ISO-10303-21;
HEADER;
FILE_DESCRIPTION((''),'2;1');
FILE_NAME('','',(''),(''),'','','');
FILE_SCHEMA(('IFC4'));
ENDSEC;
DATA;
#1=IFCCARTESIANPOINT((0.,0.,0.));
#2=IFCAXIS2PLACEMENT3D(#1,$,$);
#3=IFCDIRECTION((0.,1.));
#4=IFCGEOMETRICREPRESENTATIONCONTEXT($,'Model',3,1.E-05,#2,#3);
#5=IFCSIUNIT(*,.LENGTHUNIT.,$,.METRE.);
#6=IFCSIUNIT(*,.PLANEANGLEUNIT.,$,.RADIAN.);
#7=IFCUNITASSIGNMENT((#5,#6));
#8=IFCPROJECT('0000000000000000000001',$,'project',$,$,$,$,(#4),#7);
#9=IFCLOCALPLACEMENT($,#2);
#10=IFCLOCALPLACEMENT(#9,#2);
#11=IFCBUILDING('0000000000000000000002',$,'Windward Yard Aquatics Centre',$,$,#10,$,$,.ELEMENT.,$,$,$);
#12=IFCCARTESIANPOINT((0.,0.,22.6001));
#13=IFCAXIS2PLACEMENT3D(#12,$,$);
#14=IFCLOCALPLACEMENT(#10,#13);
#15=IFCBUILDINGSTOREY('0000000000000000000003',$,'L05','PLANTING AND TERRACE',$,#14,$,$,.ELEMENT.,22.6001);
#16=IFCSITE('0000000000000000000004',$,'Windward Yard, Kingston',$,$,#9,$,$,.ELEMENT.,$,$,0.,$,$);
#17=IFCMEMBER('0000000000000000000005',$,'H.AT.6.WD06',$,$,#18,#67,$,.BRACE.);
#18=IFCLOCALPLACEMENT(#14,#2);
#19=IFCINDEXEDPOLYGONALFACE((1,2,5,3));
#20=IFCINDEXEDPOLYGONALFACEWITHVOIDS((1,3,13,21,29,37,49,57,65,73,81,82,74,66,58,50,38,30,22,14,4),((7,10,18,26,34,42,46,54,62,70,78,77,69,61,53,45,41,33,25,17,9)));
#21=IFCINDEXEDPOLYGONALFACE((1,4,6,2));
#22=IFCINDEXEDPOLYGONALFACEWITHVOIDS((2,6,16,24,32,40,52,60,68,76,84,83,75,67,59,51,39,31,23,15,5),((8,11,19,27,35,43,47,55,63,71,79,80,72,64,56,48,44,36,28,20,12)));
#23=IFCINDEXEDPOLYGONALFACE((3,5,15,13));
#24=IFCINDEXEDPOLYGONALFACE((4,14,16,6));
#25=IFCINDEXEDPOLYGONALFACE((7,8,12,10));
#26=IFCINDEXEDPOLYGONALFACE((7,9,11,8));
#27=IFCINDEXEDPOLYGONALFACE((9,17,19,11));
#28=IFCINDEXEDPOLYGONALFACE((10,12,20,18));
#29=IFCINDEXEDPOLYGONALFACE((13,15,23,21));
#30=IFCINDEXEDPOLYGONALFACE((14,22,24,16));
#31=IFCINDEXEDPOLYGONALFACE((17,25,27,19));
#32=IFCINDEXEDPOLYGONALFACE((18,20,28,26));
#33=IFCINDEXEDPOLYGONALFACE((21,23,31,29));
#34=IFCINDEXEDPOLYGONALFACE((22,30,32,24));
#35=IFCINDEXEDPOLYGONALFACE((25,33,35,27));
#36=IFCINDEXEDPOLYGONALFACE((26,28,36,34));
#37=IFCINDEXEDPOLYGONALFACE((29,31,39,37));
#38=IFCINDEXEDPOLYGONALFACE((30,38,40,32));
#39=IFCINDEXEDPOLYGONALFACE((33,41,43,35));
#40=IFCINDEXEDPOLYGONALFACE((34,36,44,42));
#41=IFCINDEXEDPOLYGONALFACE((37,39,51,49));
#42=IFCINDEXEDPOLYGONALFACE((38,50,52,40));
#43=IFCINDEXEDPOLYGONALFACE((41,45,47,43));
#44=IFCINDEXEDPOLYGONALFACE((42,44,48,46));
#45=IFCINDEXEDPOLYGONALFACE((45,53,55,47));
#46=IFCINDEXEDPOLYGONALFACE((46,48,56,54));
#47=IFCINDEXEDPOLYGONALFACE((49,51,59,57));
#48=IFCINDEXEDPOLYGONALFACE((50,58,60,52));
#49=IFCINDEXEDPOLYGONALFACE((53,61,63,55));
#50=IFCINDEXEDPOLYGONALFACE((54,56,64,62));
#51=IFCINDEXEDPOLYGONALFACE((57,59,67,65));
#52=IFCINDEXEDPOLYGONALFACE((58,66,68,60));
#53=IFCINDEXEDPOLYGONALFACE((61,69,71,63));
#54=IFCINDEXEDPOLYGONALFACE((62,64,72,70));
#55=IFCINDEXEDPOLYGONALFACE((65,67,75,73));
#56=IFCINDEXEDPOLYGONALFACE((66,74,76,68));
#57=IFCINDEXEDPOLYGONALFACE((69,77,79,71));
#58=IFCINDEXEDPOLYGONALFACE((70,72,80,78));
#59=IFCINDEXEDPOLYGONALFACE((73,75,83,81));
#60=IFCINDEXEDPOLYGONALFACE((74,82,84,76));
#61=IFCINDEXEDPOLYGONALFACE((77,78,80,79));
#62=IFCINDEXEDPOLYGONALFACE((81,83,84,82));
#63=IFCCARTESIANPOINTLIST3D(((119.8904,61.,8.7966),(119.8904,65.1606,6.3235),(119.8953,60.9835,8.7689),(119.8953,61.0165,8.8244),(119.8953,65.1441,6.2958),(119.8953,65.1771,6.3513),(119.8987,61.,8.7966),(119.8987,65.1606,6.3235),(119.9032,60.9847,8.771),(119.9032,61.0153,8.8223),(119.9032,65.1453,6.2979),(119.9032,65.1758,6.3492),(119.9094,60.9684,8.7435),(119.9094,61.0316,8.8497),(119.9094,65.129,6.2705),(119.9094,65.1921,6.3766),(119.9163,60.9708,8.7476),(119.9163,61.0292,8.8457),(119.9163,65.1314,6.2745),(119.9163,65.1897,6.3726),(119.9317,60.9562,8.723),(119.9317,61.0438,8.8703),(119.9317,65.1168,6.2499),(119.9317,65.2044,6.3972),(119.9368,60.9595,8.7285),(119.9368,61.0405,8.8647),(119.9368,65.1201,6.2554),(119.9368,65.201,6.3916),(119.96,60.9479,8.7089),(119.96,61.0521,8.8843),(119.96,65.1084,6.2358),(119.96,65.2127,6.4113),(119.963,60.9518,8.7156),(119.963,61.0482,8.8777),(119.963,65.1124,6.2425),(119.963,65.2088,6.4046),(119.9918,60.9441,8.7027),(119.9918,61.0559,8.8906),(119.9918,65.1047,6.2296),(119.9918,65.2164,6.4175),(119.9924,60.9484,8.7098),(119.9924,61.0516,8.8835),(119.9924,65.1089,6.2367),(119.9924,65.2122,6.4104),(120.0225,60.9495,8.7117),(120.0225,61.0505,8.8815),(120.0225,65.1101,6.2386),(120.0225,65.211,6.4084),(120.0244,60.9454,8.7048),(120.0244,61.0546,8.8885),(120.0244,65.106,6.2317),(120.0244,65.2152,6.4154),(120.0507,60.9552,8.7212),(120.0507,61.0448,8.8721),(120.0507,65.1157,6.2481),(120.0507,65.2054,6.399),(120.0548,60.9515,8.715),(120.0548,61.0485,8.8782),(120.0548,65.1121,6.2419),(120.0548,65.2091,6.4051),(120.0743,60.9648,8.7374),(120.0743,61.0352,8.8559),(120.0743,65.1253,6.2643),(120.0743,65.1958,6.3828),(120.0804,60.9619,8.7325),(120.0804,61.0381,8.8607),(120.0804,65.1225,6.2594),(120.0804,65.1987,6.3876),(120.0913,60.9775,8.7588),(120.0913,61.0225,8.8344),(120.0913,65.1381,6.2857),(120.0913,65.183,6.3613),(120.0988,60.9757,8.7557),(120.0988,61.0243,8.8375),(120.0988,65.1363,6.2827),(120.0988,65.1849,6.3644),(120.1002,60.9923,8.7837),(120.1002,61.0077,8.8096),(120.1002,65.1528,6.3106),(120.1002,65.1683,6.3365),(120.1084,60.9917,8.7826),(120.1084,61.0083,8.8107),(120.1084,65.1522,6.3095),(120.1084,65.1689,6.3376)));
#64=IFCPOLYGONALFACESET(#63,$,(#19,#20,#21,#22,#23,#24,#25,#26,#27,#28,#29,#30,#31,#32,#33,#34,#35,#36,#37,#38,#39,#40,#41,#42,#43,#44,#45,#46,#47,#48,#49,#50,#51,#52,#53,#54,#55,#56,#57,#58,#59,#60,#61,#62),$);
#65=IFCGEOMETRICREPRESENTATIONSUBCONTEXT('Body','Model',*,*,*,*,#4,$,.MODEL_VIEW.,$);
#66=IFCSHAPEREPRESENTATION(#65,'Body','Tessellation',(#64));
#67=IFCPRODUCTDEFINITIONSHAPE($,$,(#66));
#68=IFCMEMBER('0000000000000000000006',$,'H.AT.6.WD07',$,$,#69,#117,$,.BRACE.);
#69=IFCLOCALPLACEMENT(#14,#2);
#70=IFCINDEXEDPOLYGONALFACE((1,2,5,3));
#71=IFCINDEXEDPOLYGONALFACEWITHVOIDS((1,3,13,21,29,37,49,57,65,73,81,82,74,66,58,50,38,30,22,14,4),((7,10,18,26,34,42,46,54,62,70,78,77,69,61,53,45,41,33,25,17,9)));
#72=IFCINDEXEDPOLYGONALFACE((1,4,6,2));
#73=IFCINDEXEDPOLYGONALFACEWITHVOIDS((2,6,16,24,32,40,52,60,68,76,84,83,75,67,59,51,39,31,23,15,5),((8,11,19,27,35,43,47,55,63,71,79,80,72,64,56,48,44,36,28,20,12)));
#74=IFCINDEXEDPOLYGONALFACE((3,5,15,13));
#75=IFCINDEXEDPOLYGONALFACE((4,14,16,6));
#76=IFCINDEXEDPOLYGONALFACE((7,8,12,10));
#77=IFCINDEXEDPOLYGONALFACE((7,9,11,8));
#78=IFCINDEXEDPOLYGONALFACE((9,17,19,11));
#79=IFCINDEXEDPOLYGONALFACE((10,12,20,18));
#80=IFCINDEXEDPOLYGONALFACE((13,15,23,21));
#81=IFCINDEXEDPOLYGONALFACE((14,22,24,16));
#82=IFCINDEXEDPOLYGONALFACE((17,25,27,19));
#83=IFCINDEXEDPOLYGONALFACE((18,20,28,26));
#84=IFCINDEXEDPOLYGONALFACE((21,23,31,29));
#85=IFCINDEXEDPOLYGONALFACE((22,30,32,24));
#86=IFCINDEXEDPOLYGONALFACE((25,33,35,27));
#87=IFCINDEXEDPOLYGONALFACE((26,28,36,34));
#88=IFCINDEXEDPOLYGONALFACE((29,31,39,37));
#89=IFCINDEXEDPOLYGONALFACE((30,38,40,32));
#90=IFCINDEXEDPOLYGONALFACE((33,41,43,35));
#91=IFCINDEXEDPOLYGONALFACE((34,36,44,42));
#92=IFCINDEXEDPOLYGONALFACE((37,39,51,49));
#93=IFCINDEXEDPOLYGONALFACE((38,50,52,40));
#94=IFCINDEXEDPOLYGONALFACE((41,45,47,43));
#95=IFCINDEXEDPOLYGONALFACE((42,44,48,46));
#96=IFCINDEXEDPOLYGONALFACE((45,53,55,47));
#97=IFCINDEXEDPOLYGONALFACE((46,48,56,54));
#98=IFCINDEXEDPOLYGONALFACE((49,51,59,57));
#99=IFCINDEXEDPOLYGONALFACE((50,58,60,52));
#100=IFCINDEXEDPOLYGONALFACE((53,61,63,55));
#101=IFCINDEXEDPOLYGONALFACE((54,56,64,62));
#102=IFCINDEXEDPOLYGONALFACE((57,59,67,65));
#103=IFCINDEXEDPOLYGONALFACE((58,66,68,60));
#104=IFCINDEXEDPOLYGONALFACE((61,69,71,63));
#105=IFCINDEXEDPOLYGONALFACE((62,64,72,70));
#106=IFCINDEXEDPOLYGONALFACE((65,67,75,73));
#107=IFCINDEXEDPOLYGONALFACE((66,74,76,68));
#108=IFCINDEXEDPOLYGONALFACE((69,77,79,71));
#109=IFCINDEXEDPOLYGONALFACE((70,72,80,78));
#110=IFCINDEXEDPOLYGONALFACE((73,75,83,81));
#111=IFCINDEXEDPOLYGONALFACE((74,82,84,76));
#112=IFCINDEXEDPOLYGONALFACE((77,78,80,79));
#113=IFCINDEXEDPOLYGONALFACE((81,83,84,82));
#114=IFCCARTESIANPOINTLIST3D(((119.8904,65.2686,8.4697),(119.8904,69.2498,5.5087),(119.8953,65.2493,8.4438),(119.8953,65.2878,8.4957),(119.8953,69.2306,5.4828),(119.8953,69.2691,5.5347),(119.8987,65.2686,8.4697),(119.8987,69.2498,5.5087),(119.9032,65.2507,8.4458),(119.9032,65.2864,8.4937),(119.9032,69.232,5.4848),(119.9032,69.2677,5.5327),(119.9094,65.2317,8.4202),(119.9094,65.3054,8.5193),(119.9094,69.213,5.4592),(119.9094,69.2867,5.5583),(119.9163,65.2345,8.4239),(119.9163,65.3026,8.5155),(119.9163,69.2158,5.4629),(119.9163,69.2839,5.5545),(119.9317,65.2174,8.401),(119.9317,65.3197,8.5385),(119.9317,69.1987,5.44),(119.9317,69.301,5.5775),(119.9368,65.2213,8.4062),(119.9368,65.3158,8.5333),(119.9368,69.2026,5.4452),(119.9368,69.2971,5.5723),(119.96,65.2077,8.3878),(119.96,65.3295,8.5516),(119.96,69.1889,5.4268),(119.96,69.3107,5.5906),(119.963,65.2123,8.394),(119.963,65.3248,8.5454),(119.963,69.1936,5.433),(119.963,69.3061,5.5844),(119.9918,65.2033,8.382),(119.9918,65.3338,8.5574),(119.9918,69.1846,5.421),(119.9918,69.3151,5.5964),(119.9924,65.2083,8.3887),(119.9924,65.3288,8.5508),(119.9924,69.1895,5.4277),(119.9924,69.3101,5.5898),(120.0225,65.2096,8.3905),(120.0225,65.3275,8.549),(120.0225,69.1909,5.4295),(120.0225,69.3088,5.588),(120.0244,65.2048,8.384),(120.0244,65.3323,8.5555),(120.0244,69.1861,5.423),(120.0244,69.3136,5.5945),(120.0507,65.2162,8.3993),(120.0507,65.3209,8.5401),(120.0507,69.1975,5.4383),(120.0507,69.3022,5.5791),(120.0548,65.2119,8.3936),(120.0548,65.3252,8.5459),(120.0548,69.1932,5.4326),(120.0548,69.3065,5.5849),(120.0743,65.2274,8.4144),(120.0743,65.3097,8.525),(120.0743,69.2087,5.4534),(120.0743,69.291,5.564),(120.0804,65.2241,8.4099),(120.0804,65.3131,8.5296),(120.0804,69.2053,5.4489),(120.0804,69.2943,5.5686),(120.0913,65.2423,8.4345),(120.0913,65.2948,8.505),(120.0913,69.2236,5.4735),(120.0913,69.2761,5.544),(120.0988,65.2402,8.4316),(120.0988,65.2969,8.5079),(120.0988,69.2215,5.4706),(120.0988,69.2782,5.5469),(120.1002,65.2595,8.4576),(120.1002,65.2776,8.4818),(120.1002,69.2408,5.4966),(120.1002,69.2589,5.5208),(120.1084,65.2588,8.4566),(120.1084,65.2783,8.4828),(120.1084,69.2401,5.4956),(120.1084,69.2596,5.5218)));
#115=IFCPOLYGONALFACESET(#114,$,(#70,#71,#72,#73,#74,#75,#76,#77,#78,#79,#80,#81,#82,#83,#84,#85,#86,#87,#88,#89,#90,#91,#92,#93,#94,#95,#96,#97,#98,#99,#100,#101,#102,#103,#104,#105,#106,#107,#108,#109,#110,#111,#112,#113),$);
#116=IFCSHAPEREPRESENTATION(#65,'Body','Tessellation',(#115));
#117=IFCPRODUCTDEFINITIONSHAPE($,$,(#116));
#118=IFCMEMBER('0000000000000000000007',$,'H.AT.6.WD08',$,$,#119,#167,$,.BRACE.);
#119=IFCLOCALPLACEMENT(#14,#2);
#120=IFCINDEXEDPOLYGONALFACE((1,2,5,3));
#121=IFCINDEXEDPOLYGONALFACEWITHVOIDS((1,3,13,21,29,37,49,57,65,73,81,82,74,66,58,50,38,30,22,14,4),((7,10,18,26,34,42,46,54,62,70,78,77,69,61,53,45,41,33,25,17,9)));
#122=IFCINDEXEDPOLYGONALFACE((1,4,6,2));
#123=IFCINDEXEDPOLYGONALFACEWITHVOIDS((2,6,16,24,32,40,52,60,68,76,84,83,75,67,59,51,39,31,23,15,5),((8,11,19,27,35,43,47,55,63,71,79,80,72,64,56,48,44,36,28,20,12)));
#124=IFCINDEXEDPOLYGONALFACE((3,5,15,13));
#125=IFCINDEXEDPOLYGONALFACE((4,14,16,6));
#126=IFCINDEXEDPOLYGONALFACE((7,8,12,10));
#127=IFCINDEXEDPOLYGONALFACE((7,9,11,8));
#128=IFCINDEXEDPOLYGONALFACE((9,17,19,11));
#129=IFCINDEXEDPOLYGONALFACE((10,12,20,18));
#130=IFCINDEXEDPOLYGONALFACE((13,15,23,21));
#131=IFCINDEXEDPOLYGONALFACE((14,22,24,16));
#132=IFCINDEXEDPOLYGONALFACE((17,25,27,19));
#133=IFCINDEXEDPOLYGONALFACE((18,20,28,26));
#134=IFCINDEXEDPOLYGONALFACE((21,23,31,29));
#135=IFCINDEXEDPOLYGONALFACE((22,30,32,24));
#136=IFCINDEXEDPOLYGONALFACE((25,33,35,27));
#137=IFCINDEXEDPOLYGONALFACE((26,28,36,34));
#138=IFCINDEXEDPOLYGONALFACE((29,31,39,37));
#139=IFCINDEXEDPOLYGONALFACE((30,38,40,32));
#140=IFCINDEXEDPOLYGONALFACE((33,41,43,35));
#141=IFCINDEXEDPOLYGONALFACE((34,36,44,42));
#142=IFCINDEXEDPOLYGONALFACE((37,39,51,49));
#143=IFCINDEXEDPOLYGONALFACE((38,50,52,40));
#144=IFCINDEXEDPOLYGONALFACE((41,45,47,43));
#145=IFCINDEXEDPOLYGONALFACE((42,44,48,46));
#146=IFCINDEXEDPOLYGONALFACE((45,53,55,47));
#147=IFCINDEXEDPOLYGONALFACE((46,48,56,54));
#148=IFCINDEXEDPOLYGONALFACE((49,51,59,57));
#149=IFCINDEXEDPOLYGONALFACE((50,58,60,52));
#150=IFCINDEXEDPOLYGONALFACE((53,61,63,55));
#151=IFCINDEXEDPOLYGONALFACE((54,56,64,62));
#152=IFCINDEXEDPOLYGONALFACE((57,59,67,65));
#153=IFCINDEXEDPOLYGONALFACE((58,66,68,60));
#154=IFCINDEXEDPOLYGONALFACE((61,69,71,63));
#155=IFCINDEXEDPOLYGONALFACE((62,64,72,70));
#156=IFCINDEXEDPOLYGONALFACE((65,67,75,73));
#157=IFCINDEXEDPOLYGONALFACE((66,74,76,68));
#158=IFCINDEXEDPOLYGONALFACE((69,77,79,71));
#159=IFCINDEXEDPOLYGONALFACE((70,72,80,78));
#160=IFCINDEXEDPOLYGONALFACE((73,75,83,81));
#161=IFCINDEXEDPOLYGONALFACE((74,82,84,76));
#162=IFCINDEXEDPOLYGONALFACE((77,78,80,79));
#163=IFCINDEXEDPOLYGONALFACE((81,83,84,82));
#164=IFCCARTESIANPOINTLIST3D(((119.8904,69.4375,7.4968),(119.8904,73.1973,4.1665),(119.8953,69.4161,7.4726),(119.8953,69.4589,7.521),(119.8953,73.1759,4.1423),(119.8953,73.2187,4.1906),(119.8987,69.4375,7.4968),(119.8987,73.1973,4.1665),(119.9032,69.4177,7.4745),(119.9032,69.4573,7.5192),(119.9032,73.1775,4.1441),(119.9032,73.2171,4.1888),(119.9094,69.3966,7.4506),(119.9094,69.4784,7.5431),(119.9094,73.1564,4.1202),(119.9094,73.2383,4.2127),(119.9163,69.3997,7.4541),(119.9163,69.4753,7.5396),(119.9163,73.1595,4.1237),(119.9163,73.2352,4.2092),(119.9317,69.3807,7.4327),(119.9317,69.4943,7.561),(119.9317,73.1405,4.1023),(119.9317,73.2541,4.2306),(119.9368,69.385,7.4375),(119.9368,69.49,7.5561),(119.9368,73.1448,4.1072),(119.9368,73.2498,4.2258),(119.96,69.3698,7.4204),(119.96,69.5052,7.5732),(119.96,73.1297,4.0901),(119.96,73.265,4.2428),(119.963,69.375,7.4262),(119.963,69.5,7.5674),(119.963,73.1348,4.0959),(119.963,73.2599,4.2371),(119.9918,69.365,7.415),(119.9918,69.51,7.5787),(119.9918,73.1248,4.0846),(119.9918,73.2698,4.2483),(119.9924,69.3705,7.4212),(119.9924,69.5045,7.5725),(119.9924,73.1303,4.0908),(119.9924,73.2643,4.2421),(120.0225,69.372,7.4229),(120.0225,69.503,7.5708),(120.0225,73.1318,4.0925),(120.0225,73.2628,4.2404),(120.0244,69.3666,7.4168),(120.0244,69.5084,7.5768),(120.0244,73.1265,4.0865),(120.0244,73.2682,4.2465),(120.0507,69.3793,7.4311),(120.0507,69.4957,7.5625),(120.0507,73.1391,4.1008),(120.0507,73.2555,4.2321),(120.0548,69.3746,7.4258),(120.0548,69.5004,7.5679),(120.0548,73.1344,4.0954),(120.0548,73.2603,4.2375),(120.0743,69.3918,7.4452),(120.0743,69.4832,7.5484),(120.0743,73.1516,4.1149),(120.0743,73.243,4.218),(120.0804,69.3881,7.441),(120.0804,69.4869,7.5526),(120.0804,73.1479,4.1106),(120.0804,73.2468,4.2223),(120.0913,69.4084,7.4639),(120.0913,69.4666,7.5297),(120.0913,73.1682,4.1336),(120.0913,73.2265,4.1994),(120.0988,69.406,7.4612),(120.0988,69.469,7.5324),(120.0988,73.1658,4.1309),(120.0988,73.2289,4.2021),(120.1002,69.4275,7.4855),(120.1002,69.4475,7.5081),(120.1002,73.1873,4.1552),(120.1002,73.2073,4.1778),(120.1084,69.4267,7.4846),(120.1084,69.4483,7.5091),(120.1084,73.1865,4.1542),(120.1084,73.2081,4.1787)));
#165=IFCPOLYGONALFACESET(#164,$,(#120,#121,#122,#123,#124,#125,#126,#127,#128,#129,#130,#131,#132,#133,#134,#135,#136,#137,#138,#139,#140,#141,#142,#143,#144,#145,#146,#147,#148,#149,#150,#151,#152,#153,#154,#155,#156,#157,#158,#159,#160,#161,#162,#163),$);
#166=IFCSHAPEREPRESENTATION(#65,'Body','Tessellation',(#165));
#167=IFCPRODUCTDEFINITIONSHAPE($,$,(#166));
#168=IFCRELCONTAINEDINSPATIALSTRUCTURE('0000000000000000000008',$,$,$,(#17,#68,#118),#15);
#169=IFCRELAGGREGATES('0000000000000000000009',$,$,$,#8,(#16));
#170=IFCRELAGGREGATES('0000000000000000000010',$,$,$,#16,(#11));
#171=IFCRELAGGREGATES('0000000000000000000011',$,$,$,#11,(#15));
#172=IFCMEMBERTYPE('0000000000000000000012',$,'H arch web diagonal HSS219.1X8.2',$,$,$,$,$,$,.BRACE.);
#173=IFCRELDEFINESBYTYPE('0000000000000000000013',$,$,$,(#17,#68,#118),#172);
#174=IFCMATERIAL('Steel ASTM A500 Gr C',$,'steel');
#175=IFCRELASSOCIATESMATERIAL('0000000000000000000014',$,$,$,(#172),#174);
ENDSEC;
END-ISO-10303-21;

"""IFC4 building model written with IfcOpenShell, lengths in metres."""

from ifc_helpers import new_model, si_unit, direction, frame, origin, origin_2d, place, context, subcontext, project, spatial, hollow_circle, extrude, material, material_profile, profile_set, type_object, element, save


model = new_model("IFC4")

# Units and contexts
model_context = context("Model", 3, precision=1e-05, world=origin(), true_north=direction((0.0, 1.0)))
body_context = subcontext(model_context, "Body", "Model", "MODEL_VIEW")
ifc_project = project(units=[si_unit("LENGTHUNIT", "METRE"), si_unit("PLANEANGLEUNIT", "RADIAN")], contexts=[model_context])

# Site, building, storey
site_placement = place(None, origin())
site = spatial("IfcSite", under=ifc_project, at=site_placement, Name="Windward Yard, Kingston", CompositionType="ELEMENT", RefElevation=0.0)
building_placement = place(site_placement, origin())
building = spatial("IfcBuilding", under=site, at=building_placement, Name="Windward Yard Aquatics Centre", CompositionType="ELEMENT")
storey_placement = place(building_placement, frame((0.0, 0.0, 22.6001)))
storey = spatial("IfcBuildingStorey", under=building, at=storey_placement, Name="L05", Description="PLANTING AND TERRACE", CompositionType="ELEMENT", Elevation=22.6001)

# Members
ifc_material_1 = material(Name="Steel ASTM A500 Gr C", Category="steel")
ifc_material_profile_1 = material_profile(ifc_material_1, hollow_circle(Radius=0.1096, WallThickness=0.0083, at=origin_2d()), Name="HSS219.1X8.2")
ifc_profile_set_1 = profile_set([ifc_material_profile_1], Name="Steel ASTM A500 Gr C")
member_type_1 = type_object("IfcMemberType", Name="H arch web diagonal HSS219.1X8.2", PredefinedType="BRACE", material=ifc_profile_set_1)
member_1_placement = place(storey_placement, frame((120.0, 61.0, 8.7966), z_axis=(0.0, 0.859604, -0.510961), x_axis=(-1.0, 0.0, 0.0)))
element("IfcMember", 1, at=member_1_placement, inside=storey, type_object=member_type_1, Name="H.AT.6.WD06", PredefinedType="BRACE", context=body_context, shape_type="SweptSolid", body=[
    extrude(hollow_circle(Radius=0.1096, WallThickness=0.0083, at=origin_2d()), origin(), (0.0, 0.0, 1.0), 4.8401),
])
member_2_placement = place(storey_placement, frame((120.0, 65.2686, 8.4697), z_axis=(0.0, 0.802409, -0.596775), x_axis=(-1.0, 0.0, 0.0)))
element("IfcMember", 2, at=member_2_placement, inside=storey, type_object=member_type_1, Name="H.AT.6.WD07", PredefinedType="BRACE", context=body_context, shape_type="SweptSolid", body=[
    extrude(hollow_circle(Radius=0.1096, WallThickness=0.0083, at=origin_2d()), origin(), (0.0, 0.0, 1.0), 4.9617),
])
member_3_placement = place(storey_placement, frame((120.0, 69.4375, 7.4968), z_axis=(0.0, 0.748564, -0.663062), x_axis=(-1.0, 0.0, 0.0)))
element("IfcMember", 3, at=member_3_placement, inside=storey, type_object=member_type_1, Name="H.AT.6.WD08", PredefinedType="BRACE", context=body_context, shape_type="SweptSolid", body=[
    extrude(hollow_circle(Radius=0.1096, WallThickness=0.0083, at=origin_2d()), origin(), (0.0, 0.0, 1.0), 5.0227),
])

save(model, "model.ifc")
